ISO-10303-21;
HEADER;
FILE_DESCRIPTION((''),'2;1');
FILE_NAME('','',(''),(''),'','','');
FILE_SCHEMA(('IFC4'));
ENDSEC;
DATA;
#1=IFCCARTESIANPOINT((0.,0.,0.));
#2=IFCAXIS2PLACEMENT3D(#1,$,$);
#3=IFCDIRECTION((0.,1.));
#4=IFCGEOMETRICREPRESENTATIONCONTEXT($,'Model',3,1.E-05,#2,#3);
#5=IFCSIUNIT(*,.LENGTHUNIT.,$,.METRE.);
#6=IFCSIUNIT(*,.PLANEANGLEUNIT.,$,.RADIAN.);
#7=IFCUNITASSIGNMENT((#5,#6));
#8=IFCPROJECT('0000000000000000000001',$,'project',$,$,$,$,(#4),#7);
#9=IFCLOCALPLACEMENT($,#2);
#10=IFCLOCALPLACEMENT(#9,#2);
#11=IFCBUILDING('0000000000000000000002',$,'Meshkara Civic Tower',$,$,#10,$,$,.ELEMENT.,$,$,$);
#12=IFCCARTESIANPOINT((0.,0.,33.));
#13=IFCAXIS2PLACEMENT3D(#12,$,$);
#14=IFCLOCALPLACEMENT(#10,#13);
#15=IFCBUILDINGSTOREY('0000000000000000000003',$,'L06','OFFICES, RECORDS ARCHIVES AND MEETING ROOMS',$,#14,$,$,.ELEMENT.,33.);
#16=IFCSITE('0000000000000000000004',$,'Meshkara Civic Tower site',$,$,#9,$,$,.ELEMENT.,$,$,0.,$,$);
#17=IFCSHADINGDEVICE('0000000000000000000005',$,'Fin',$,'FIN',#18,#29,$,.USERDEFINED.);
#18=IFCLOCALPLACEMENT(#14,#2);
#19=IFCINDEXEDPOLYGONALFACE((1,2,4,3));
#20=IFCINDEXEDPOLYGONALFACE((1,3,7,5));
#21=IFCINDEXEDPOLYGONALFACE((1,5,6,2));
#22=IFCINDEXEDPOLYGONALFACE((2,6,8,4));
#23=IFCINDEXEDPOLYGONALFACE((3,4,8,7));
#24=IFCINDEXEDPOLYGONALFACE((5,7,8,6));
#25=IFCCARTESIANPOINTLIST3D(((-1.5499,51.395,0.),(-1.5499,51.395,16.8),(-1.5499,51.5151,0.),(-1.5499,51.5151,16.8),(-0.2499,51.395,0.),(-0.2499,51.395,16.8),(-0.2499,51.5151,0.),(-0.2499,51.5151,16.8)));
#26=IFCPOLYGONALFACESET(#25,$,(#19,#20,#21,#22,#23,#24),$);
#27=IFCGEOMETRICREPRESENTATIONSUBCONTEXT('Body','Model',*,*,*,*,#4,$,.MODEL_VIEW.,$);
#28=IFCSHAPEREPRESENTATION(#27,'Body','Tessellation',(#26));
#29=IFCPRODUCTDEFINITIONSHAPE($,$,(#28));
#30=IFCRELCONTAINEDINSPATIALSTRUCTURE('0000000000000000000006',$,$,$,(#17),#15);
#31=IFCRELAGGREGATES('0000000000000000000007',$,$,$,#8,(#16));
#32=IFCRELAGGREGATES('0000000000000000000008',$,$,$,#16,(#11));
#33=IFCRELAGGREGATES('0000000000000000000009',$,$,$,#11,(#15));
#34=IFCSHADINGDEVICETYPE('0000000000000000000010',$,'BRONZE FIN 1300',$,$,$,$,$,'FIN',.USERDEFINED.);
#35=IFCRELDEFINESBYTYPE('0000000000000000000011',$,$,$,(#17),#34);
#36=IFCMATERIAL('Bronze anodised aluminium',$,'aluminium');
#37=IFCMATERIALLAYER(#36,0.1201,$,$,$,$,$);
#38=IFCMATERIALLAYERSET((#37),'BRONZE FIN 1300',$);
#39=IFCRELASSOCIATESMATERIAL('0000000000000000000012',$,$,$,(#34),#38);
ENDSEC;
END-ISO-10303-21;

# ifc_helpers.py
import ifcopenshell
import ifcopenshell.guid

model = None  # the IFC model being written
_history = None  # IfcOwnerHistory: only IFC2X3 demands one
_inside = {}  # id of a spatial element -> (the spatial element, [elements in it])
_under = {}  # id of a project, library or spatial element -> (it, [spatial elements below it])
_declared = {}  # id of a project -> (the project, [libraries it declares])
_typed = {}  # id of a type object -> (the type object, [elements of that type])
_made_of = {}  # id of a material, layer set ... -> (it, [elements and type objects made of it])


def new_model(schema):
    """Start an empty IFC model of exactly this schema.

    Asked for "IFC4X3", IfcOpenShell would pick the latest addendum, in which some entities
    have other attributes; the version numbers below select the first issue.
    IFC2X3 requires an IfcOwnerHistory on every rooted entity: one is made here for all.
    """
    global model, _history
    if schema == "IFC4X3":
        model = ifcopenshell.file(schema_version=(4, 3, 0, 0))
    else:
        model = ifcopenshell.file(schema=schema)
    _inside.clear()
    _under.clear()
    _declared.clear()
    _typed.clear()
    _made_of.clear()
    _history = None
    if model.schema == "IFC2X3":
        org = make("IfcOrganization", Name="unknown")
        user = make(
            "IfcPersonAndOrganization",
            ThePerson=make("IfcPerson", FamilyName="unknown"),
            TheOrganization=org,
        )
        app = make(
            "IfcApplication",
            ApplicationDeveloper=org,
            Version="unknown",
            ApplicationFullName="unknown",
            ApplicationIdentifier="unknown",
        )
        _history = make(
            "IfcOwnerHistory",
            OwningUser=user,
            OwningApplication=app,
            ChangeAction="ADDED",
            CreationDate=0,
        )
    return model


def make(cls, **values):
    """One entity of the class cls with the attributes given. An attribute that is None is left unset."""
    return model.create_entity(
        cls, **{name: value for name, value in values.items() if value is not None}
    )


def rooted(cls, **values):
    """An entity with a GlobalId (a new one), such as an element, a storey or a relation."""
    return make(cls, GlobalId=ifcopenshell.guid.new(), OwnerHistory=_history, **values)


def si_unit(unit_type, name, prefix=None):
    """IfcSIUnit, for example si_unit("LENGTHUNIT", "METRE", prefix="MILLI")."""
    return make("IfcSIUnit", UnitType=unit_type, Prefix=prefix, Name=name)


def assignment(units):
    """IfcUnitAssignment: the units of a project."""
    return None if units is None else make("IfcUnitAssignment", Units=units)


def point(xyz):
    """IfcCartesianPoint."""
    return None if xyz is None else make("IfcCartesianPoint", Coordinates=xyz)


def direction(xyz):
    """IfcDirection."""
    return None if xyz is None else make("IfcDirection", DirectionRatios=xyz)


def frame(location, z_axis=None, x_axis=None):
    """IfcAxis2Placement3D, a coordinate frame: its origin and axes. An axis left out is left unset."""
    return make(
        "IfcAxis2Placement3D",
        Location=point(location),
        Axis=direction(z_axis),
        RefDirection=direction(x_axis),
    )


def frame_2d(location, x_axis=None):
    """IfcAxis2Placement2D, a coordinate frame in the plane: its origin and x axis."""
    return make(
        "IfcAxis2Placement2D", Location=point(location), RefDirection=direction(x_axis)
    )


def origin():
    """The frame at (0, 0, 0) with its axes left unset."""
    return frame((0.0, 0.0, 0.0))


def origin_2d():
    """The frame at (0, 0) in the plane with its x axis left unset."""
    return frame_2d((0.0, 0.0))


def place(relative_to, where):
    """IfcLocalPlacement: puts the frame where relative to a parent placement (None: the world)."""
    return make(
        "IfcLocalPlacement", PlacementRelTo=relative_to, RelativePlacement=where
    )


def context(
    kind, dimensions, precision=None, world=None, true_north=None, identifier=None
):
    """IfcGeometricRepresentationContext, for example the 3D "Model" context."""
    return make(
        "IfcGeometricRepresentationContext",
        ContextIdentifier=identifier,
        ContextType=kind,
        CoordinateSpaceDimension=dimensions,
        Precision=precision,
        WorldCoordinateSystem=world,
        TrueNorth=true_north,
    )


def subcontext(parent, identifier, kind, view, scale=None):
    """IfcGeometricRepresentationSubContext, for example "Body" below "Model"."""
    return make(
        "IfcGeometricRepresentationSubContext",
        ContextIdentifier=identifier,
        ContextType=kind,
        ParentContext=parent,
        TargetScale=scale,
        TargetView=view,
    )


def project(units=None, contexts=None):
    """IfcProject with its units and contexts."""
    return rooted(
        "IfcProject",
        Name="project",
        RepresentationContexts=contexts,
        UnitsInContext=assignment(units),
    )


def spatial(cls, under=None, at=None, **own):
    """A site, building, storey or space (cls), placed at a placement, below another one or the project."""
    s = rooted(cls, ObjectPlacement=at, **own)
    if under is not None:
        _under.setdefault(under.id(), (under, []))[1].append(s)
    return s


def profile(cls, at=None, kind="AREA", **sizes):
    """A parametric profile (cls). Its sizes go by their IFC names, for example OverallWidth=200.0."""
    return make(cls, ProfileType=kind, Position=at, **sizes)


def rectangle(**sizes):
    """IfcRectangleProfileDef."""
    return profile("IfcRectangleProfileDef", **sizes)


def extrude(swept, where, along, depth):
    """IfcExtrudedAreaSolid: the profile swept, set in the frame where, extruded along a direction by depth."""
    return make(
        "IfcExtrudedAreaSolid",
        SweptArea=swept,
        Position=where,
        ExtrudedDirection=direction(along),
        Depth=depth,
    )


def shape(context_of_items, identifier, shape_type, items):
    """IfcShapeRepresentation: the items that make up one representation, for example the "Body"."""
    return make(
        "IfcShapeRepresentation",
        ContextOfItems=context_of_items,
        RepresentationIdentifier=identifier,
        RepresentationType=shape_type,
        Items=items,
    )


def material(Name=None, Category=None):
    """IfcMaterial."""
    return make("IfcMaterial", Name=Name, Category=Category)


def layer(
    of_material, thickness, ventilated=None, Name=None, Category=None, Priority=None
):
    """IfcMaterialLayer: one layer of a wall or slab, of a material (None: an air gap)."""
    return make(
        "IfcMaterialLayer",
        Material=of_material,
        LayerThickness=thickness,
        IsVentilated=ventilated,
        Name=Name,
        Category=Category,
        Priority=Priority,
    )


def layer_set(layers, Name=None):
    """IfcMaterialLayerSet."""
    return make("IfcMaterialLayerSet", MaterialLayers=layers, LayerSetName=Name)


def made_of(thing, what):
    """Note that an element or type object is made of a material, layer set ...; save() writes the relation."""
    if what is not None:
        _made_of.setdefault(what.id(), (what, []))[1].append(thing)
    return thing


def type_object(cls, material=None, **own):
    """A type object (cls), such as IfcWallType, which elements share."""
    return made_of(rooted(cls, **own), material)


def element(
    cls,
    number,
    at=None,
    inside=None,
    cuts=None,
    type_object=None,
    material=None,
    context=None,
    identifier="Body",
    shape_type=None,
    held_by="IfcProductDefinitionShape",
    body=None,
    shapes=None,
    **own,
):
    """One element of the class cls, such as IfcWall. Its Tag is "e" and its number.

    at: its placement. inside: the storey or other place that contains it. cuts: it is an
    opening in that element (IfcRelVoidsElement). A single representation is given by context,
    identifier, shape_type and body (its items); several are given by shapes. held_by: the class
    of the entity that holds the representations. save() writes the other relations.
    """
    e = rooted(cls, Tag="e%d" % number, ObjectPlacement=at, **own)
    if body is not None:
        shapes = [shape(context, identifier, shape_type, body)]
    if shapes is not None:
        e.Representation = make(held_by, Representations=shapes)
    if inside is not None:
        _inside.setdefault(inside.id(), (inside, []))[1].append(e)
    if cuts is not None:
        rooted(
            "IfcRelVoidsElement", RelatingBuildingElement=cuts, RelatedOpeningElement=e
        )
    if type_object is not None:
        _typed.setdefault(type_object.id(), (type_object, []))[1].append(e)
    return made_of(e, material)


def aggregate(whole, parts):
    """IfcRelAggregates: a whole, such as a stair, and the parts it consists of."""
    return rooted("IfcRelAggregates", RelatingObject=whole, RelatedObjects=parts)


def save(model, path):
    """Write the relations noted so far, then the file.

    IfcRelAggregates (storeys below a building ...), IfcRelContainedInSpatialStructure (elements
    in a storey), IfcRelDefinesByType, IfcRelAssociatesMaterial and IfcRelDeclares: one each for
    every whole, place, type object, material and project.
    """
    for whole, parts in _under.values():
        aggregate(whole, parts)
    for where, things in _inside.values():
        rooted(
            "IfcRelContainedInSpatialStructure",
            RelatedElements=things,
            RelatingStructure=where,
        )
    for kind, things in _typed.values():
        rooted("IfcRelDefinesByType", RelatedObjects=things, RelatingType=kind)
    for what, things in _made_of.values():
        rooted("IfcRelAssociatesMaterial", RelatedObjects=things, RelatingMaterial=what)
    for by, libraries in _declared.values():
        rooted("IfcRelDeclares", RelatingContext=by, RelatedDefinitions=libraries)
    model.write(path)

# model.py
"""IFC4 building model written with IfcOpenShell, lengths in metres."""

from ifc_helpers import new_model, si_unit, direction, frame, origin, origin_2d, place, context, subcontext, project, spatial, rectangle, extrude, material, layer, layer_set, type_object, element, save


model = new_model("IFC4")

# Units and contexts
model_context = context("Model", 3, precision=1e-05, world=origin(), true_north=direction((0.0, 1.0)))
body_context = subcontext(model_context, "Body", "Model", "MODEL_VIEW")
ifc_project = project(units=[si_unit("LENGTHUNIT", "METRE"), si_unit("PLANEANGLEUNIT", "RADIAN")], contexts=[model_context])

# Site, building, storey
site_placement = place(None, origin())
site = spatial("IfcSite", under=ifc_project, at=site_placement, Name="Meshkara Civic Tower site", CompositionType="ELEMENT", RefElevation=0.0)
building_placement = place(site_placement, origin())
building = spatial("IfcBuilding", under=site, at=building_placement, Name="Meshkara Civic Tower", CompositionType="ELEMENT")
storey_placement = place(building_placement, frame((0.0, 0.0, 33.0)))
storey = spatial("IfcBuildingStorey", under=building, at=storey_placement, Name="L06", Description="OFFICES, RECORDS ARCHIVES AND MEETING ROOMS", CompositionType="ELEMENT", Elevation=33.0)

# Shading device
ifc_material_1 = material(Name="Bronze anodised aluminium", Category="aluminium")
ifc_layer_1 = layer(ifc_material_1, 0.1201)
ifc_layer_set_1 = layer_set([ifc_layer_1], Name="BRONZE FIN 1300")
shading_device_type = type_object("IfcShadingDeviceType", Name="BRONZE FIN 1300", ElementType="FIN", PredefinedType="USERDEFINED", material=ifc_layer_set_1)
for number, where, z_axis, x_axis, name in (
    (1, (-0.8999, 51.4551, 0.0), (0.0, 0.0, 1.0), (0.0, -1.0, 0.0), "Fin"),
):
    element("IfcShadingDevice", number, at=place(storey_placement, frame(where, z_axis=z_axis, x_axis=x_axis)), inside=storey, type_object=shading_device_type, Name=name, ObjectType="FIN", PredefinedType="USERDEFINED", context=body_context, shape_type="SweptSolid", body=[
        extrude(rectangle(XDim=0.1201, YDim=1.3, at=origin_2d()), origin(), (0.0, 0.0, 1.0), 16.8),
    ])

save(model, "model.ifc")
